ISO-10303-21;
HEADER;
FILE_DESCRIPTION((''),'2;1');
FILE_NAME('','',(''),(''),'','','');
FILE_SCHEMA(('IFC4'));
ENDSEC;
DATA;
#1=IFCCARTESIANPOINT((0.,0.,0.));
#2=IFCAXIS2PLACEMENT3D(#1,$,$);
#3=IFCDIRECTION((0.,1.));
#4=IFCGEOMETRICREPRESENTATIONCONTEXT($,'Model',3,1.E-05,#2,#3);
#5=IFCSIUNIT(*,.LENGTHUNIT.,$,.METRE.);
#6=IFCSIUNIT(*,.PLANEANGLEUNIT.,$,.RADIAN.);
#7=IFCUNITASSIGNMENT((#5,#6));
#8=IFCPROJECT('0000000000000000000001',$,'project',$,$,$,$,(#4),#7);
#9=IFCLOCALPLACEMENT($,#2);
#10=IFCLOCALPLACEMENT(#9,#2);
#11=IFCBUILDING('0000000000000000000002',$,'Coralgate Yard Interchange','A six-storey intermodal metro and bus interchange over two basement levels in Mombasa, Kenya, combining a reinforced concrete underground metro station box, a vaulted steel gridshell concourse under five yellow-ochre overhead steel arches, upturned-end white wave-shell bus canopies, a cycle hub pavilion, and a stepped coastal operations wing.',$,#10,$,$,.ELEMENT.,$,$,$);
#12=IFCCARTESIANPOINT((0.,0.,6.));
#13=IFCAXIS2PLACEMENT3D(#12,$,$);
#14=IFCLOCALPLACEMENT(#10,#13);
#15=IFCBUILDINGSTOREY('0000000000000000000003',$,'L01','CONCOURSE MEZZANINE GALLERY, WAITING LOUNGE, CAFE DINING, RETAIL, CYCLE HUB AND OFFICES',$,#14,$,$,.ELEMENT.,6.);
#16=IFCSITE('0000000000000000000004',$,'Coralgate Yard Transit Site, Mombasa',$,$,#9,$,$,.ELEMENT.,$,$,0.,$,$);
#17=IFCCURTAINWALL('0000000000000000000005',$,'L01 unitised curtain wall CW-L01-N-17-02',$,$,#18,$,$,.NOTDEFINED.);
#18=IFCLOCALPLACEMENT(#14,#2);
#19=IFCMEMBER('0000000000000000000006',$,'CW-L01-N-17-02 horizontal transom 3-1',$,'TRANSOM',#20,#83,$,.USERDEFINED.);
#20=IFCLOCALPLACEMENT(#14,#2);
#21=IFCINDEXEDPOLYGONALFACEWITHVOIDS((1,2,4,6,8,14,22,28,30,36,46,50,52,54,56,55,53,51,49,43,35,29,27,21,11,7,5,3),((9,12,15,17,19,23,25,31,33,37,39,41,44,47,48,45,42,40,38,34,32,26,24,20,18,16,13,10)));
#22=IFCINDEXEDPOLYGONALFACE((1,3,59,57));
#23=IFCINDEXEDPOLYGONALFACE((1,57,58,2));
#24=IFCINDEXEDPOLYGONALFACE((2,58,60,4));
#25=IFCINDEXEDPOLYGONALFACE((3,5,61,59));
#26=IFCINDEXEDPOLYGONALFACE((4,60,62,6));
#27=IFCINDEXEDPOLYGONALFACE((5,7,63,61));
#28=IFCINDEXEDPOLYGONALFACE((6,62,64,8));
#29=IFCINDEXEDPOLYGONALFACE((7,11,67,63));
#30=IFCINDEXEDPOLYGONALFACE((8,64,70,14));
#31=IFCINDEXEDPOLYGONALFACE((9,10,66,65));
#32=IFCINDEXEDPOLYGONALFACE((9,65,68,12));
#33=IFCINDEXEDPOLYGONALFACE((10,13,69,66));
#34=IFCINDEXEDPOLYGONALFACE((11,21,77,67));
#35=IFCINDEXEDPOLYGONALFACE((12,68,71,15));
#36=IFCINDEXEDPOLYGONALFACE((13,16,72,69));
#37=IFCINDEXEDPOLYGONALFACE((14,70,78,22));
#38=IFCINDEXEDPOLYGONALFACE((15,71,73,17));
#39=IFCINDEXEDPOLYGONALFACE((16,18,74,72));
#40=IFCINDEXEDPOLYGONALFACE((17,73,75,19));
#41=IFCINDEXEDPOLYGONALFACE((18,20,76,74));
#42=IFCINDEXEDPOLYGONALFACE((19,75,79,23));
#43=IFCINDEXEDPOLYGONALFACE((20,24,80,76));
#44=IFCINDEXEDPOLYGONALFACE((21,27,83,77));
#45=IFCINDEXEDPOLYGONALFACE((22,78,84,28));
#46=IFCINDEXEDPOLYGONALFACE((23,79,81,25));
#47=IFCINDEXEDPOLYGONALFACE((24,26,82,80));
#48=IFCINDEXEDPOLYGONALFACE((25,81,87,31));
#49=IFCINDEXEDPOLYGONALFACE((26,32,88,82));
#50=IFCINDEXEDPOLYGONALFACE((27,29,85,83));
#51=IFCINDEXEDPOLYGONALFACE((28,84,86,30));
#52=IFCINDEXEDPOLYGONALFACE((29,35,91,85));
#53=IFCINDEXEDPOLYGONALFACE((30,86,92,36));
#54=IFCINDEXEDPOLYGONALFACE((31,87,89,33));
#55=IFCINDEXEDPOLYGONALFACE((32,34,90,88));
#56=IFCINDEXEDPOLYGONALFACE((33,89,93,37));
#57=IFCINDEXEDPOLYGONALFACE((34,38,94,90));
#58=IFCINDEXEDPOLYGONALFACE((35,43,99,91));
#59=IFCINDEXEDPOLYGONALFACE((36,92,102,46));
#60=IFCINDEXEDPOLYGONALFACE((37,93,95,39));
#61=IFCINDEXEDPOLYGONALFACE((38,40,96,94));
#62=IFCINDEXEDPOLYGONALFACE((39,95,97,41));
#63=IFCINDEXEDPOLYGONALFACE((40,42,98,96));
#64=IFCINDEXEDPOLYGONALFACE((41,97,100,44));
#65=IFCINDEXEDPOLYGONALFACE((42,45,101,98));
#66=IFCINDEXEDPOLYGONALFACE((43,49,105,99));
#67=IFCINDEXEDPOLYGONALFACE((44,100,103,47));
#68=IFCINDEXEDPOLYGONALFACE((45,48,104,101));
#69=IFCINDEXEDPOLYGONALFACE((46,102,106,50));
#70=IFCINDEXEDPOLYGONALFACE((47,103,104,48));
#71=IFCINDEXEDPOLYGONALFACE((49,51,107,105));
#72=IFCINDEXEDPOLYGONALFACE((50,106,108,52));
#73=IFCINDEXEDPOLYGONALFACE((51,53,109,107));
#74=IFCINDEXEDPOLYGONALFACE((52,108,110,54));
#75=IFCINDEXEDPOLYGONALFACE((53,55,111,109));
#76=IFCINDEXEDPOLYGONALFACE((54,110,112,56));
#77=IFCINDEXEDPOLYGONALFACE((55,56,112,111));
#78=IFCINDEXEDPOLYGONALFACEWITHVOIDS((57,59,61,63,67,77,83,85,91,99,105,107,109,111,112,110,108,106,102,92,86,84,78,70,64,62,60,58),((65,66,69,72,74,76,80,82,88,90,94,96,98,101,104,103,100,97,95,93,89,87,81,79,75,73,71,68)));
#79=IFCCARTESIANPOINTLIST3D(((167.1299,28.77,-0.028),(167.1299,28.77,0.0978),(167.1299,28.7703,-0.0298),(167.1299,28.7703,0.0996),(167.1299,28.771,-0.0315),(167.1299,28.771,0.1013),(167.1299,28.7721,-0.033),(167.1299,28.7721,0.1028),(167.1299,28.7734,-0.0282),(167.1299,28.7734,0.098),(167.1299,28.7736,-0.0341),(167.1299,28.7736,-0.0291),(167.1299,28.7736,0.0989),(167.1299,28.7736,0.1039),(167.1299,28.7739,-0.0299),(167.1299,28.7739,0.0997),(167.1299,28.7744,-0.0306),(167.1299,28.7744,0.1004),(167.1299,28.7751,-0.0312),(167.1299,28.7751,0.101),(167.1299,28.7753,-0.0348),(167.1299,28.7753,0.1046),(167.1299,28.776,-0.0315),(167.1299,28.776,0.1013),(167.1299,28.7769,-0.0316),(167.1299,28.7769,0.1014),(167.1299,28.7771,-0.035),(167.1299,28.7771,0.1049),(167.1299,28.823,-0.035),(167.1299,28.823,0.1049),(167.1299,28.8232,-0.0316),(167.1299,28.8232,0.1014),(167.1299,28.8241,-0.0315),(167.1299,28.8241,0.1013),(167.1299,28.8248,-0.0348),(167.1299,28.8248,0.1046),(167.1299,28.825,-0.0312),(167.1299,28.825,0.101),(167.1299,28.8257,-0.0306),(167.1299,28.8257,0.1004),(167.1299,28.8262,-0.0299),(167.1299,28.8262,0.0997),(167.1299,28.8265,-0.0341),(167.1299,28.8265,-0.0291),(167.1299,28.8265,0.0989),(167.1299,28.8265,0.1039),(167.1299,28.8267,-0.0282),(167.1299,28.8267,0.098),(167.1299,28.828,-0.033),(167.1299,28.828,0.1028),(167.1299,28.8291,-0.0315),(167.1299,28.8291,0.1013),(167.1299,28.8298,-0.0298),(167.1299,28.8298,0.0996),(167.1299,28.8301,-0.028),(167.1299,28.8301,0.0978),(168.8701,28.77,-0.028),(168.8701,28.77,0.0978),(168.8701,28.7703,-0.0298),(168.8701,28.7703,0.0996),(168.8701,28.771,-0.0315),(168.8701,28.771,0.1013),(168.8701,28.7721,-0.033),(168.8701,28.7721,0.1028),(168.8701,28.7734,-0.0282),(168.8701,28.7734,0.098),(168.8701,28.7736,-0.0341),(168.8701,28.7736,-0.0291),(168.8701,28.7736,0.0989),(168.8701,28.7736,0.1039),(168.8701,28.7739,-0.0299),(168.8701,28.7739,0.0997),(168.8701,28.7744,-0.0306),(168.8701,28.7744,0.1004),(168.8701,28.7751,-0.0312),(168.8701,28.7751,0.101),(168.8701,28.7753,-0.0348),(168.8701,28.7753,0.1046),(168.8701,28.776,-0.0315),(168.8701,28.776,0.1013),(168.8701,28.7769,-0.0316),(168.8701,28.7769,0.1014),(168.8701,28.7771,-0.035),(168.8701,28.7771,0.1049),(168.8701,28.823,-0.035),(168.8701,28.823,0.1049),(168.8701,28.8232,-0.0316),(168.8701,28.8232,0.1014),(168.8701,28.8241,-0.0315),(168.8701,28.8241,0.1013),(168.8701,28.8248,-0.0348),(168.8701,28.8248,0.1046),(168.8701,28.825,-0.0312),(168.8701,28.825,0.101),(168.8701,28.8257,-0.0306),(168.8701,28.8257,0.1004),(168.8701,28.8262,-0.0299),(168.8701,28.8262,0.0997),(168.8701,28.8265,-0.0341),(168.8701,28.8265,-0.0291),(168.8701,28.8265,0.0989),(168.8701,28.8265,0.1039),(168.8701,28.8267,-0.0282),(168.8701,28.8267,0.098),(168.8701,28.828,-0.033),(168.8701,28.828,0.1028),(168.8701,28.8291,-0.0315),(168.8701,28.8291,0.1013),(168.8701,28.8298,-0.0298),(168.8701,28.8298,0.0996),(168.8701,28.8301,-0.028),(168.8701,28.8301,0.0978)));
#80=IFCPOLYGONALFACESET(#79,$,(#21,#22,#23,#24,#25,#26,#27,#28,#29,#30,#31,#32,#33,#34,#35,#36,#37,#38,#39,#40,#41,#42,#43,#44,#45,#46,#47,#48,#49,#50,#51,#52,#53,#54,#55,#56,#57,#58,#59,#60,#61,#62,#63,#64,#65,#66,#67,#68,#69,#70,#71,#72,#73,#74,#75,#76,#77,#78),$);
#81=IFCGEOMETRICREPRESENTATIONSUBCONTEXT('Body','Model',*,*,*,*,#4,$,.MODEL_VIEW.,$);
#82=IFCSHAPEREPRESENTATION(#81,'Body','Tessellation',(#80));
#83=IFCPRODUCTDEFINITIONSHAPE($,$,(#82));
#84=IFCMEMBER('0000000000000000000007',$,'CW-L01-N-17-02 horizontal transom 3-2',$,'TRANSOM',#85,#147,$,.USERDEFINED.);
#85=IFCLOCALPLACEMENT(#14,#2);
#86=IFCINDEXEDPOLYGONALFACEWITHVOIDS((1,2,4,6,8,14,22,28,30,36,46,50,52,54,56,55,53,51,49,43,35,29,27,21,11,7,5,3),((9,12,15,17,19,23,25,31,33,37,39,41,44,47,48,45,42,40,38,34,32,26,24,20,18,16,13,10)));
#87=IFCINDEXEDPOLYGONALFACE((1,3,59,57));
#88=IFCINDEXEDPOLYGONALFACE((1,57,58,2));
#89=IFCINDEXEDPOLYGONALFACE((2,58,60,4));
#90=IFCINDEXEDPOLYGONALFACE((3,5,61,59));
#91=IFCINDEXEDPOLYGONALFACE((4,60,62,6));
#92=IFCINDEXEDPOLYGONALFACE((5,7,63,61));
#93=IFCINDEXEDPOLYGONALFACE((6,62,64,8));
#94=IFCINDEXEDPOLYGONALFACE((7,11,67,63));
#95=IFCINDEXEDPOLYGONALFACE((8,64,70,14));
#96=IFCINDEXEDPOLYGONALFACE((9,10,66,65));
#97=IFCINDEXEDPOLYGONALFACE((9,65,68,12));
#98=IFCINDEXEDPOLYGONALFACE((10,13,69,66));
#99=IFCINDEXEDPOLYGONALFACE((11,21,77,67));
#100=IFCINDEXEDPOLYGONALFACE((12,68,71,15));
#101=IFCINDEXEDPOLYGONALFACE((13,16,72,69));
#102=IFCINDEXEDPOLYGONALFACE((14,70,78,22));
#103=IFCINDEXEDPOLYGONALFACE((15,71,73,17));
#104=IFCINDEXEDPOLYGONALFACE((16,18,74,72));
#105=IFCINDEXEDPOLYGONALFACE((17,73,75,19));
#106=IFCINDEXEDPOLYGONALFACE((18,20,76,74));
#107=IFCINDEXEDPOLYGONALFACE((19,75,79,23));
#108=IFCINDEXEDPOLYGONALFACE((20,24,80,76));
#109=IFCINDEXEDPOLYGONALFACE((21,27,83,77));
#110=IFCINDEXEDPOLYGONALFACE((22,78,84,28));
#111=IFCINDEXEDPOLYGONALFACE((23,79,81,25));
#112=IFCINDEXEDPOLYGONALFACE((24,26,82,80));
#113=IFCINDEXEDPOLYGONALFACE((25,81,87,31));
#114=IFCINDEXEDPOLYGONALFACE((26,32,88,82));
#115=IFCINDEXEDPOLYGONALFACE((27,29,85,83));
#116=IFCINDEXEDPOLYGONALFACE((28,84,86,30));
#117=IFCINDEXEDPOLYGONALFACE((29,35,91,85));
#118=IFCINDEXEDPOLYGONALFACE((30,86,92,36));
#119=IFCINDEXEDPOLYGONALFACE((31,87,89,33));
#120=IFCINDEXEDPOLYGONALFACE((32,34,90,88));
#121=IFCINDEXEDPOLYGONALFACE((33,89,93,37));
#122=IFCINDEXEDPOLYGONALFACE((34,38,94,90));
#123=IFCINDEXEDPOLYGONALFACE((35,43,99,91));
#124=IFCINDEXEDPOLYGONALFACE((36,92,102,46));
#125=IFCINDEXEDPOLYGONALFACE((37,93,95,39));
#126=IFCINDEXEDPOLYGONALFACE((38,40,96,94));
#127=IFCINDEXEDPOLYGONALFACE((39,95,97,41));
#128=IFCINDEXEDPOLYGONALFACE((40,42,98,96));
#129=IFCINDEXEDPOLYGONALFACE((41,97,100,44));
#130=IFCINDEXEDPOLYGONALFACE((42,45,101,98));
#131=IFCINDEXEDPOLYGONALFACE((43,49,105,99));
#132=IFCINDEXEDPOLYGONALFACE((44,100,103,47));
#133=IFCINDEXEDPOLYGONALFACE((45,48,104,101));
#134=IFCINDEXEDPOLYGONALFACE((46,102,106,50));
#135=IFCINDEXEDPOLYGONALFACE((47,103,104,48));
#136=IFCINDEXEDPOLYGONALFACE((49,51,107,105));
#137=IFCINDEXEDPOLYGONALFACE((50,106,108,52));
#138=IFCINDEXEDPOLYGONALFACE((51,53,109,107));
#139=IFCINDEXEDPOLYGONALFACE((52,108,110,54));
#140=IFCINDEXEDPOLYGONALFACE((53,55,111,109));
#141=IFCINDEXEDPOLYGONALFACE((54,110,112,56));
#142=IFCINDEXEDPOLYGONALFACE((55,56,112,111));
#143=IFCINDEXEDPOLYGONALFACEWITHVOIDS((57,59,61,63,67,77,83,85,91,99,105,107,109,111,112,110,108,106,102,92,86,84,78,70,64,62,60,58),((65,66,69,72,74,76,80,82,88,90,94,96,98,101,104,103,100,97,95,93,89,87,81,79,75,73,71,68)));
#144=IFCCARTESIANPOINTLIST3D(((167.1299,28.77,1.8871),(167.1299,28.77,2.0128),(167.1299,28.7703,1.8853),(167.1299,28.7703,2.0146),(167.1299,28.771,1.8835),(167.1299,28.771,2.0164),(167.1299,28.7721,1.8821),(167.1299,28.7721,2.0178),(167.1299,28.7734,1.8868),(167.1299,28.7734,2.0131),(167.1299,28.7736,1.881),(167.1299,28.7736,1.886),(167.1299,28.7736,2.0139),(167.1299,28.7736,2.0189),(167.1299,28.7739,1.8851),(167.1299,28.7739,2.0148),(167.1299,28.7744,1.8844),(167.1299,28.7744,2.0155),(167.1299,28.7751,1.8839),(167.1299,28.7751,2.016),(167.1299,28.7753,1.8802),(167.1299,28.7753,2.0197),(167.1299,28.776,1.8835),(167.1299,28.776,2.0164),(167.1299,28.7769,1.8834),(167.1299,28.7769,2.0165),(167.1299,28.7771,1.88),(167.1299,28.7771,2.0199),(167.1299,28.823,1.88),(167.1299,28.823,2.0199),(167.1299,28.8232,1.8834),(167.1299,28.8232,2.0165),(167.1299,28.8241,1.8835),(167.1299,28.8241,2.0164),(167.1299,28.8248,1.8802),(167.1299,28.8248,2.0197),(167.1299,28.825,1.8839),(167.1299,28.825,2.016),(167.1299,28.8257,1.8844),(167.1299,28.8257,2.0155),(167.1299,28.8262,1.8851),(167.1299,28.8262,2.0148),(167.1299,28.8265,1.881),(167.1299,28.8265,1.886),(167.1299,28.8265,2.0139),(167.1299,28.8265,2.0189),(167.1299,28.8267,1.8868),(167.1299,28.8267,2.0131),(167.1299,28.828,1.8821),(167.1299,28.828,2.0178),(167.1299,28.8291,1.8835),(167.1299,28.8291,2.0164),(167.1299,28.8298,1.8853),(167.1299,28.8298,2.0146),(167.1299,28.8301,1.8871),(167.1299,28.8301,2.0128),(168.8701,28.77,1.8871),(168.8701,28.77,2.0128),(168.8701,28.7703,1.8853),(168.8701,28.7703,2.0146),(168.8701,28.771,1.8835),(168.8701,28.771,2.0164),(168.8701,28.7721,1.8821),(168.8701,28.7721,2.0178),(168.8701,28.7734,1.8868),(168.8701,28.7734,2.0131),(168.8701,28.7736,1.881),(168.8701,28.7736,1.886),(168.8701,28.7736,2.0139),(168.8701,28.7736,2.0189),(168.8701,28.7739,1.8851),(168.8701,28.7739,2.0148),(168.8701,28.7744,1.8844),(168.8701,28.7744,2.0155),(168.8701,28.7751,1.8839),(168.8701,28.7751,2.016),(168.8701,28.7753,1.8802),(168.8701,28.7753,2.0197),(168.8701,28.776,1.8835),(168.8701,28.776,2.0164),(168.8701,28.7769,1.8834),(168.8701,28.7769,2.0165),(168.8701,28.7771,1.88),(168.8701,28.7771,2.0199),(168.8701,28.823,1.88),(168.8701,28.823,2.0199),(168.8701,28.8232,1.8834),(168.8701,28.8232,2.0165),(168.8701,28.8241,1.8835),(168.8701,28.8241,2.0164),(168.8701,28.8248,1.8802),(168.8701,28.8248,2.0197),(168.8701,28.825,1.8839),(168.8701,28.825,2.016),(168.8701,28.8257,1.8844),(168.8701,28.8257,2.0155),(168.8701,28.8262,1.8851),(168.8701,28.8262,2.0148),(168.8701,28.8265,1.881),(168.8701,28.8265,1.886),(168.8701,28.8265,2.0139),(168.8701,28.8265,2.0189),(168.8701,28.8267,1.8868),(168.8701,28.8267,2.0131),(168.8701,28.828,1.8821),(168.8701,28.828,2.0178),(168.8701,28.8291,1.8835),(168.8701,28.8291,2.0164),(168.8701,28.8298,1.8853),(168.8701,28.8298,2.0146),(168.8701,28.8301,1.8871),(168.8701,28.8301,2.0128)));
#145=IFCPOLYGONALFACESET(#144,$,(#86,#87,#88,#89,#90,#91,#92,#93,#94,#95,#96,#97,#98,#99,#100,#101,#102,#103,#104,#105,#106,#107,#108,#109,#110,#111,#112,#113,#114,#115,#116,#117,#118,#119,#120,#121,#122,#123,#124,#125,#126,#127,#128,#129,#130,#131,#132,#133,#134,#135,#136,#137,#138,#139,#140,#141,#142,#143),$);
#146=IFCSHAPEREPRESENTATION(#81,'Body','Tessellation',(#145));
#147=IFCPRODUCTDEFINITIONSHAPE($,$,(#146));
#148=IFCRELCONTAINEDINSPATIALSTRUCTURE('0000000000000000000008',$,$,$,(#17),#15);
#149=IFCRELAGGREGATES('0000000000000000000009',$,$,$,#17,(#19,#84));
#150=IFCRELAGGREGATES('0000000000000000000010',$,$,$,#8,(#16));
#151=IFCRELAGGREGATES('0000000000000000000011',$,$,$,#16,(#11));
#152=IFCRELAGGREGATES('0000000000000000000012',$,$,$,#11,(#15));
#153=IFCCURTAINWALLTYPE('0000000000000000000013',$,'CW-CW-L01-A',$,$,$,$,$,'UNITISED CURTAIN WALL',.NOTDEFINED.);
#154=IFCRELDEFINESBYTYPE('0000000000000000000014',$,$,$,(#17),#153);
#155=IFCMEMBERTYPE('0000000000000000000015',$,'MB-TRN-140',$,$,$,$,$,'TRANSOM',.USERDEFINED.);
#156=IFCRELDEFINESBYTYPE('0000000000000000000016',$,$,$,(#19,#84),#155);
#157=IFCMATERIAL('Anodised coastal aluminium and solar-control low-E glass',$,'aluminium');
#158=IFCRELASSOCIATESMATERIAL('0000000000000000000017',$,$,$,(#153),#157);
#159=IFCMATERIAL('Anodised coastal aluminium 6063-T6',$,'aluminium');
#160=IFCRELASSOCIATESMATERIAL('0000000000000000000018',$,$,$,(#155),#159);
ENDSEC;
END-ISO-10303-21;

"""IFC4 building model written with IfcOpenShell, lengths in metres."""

from ifc_helpers import new_model, si_unit, direction, frame, origin, origin_2d, place, context, subcontext, project, spatial, hollow_rectangle, extrude, material, material_profile, profile_set, type_object, element, aggregate, save


model = new_model("IFC4")

# Units and contexts
model_context = context("Model", 3, precision=1e-05, world=origin(), true_north=direction((0.0, 1.0)))
body_context = subcontext(model_context, "Body", "Model", "MODEL_VIEW")
ifc_project = project(units=[si_unit("LENGTHUNIT", "METRE"), si_unit("PLANEANGLEUNIT", "RADIAN")], contexts=[model_context])

# Site, building, storey
site_placement = place(None, origin())
site = spatial("IfcSite", under=ifc_project, at=site_placement, Name="Coralgate Yard Transit Site, Mombasa", CompositionType="ELEMENT", RefElevation=0.0)
building_placement = place(site_placement, origin())
building = spatial("IfcBuilding", under=site, at=building_placement, Name="Coralgate Yard Interchange", Description="A six-storey intermodal metro and bus interchange over two basement levels in Mombasa, Kenya, combining a reinforced concrete underground metro station box, a vaulted steel gridshell concourse under five yellow-ochre overhead steel arches, upturned-end white wave-shell bus canopies, a cycle hub pavilion, and a stepped coastal operations wing.", CompositionType="ELEMENT")
storey_placement = place(building_placement, frame((0.0, 0.0, 6.0)))
storey = spatial("IfcBuildingStorey", under=building, at=storey_placement, Name="L01", Description="CONCOURSE MEZZANINE GALLERY, WAITING LOUNGE, CAFE DINING, RETAIL, CYCLE HUB AND OFFICES", CompositionType="ELEMENT", Elevation=6.0)

# Curtain wall, members
ifc_material_1 = material(Name="Anodised coastal aluminium and solar-control low-E glass", Category="aluminium")
curtain_wall_type = type_object("IfcCurtainWallType", Name="CW-CW-L01-A", ElementType="UNITISED CURTAIN WALL", PredefinedType="NOTDEFINED", material=ifc_material_1)
curtain_wall_placement = place(storey_placement, origin())
curtain_wall = element("IfcCurtainWall", 1, at=curtain_wall_placement, inside=storey, type_object=curtain_wall_type, Name="L01 unitised curtain wall CW-L01-N-17-02", PredefinedType="NOTDEFINED")
ifc_material_2 = material(Name="Anodised coastal aluminium 6063-T6", Category="aluminium")
ifc_material_profile_1 = material_profile(ifc_material_2, hollow_rectangle(XDim=0.0601, YDim=0.1399, WallThickness=0.0034, InnerFilletRadius=0.0034, OuterFilletRadius=0.0071, at=origin_2d()), Name="ALU 60x140x3.5")
ifc_profile_set_1 = profile_set([ifc_material_profile_1], Name="Anodised coastal aluminium 6063-T6")
member_type_1 = type_object("IfcMemberType", Name="MB-TRN-140", ElementType="TRANSOM", PredefinedType="USERDEFINED", material=ifc_profile_set_1)
member_1_placement = place(storey_placement, frame((167.1299, 28.8, 0.0349), z_axis=(1.0, 0.0, 0.0), x_axis=(0.0, 1.0, 0.0)))
member_1 = element("IfcMember", 2, at=member_1_placement, type_object=member_type_1, Name="CW-L01-N-17-02 horizontal transom 3-1", ObjectType="TRANSOM", PredefinedType="USERDEFINED", context=body_context, shape_type="SweptSolid", body=[
    extrude(hollow_rectangle(XDim=0.0601, YDim=0.1399, WallThickness=0.0034, InnerFilletRadius=0.0034, OuterFilletRadius=0.0071, at=origin_2d()), origin(), (0.0, 0.0, 1.0), 1.7402),
])
member_2_placement = place(storey_placement, frame((167.1299, 28.8, 1.95), z_axis=(1.0, 0.0, 0.0), x_axis=(0.0, 1.0, 0.0)))
member_2 = element("IfcMember", 3, at=member_2_placement, type_object=member_type_1, Name="CW-L01-N-17-02 horizontal transom 3-2", ObjectType="TRANSOM", PredefinedType="USERDEFINED", context=body_context, shape_type="SweptSolid", body=[
    extrude(hollow_rectangle(XDim=0.0601, YDim=0.1399, WallThickness=0.0034, InnerFilletRadius=0.0034, OuterFilletRadius=0.0071, at=origin_2d()), origin(), (0.0, 0.0, 1.0), 1.7402),
])
aggregate(curtain_wall, [member_1, member_2])

save(model, "model.ifc")
